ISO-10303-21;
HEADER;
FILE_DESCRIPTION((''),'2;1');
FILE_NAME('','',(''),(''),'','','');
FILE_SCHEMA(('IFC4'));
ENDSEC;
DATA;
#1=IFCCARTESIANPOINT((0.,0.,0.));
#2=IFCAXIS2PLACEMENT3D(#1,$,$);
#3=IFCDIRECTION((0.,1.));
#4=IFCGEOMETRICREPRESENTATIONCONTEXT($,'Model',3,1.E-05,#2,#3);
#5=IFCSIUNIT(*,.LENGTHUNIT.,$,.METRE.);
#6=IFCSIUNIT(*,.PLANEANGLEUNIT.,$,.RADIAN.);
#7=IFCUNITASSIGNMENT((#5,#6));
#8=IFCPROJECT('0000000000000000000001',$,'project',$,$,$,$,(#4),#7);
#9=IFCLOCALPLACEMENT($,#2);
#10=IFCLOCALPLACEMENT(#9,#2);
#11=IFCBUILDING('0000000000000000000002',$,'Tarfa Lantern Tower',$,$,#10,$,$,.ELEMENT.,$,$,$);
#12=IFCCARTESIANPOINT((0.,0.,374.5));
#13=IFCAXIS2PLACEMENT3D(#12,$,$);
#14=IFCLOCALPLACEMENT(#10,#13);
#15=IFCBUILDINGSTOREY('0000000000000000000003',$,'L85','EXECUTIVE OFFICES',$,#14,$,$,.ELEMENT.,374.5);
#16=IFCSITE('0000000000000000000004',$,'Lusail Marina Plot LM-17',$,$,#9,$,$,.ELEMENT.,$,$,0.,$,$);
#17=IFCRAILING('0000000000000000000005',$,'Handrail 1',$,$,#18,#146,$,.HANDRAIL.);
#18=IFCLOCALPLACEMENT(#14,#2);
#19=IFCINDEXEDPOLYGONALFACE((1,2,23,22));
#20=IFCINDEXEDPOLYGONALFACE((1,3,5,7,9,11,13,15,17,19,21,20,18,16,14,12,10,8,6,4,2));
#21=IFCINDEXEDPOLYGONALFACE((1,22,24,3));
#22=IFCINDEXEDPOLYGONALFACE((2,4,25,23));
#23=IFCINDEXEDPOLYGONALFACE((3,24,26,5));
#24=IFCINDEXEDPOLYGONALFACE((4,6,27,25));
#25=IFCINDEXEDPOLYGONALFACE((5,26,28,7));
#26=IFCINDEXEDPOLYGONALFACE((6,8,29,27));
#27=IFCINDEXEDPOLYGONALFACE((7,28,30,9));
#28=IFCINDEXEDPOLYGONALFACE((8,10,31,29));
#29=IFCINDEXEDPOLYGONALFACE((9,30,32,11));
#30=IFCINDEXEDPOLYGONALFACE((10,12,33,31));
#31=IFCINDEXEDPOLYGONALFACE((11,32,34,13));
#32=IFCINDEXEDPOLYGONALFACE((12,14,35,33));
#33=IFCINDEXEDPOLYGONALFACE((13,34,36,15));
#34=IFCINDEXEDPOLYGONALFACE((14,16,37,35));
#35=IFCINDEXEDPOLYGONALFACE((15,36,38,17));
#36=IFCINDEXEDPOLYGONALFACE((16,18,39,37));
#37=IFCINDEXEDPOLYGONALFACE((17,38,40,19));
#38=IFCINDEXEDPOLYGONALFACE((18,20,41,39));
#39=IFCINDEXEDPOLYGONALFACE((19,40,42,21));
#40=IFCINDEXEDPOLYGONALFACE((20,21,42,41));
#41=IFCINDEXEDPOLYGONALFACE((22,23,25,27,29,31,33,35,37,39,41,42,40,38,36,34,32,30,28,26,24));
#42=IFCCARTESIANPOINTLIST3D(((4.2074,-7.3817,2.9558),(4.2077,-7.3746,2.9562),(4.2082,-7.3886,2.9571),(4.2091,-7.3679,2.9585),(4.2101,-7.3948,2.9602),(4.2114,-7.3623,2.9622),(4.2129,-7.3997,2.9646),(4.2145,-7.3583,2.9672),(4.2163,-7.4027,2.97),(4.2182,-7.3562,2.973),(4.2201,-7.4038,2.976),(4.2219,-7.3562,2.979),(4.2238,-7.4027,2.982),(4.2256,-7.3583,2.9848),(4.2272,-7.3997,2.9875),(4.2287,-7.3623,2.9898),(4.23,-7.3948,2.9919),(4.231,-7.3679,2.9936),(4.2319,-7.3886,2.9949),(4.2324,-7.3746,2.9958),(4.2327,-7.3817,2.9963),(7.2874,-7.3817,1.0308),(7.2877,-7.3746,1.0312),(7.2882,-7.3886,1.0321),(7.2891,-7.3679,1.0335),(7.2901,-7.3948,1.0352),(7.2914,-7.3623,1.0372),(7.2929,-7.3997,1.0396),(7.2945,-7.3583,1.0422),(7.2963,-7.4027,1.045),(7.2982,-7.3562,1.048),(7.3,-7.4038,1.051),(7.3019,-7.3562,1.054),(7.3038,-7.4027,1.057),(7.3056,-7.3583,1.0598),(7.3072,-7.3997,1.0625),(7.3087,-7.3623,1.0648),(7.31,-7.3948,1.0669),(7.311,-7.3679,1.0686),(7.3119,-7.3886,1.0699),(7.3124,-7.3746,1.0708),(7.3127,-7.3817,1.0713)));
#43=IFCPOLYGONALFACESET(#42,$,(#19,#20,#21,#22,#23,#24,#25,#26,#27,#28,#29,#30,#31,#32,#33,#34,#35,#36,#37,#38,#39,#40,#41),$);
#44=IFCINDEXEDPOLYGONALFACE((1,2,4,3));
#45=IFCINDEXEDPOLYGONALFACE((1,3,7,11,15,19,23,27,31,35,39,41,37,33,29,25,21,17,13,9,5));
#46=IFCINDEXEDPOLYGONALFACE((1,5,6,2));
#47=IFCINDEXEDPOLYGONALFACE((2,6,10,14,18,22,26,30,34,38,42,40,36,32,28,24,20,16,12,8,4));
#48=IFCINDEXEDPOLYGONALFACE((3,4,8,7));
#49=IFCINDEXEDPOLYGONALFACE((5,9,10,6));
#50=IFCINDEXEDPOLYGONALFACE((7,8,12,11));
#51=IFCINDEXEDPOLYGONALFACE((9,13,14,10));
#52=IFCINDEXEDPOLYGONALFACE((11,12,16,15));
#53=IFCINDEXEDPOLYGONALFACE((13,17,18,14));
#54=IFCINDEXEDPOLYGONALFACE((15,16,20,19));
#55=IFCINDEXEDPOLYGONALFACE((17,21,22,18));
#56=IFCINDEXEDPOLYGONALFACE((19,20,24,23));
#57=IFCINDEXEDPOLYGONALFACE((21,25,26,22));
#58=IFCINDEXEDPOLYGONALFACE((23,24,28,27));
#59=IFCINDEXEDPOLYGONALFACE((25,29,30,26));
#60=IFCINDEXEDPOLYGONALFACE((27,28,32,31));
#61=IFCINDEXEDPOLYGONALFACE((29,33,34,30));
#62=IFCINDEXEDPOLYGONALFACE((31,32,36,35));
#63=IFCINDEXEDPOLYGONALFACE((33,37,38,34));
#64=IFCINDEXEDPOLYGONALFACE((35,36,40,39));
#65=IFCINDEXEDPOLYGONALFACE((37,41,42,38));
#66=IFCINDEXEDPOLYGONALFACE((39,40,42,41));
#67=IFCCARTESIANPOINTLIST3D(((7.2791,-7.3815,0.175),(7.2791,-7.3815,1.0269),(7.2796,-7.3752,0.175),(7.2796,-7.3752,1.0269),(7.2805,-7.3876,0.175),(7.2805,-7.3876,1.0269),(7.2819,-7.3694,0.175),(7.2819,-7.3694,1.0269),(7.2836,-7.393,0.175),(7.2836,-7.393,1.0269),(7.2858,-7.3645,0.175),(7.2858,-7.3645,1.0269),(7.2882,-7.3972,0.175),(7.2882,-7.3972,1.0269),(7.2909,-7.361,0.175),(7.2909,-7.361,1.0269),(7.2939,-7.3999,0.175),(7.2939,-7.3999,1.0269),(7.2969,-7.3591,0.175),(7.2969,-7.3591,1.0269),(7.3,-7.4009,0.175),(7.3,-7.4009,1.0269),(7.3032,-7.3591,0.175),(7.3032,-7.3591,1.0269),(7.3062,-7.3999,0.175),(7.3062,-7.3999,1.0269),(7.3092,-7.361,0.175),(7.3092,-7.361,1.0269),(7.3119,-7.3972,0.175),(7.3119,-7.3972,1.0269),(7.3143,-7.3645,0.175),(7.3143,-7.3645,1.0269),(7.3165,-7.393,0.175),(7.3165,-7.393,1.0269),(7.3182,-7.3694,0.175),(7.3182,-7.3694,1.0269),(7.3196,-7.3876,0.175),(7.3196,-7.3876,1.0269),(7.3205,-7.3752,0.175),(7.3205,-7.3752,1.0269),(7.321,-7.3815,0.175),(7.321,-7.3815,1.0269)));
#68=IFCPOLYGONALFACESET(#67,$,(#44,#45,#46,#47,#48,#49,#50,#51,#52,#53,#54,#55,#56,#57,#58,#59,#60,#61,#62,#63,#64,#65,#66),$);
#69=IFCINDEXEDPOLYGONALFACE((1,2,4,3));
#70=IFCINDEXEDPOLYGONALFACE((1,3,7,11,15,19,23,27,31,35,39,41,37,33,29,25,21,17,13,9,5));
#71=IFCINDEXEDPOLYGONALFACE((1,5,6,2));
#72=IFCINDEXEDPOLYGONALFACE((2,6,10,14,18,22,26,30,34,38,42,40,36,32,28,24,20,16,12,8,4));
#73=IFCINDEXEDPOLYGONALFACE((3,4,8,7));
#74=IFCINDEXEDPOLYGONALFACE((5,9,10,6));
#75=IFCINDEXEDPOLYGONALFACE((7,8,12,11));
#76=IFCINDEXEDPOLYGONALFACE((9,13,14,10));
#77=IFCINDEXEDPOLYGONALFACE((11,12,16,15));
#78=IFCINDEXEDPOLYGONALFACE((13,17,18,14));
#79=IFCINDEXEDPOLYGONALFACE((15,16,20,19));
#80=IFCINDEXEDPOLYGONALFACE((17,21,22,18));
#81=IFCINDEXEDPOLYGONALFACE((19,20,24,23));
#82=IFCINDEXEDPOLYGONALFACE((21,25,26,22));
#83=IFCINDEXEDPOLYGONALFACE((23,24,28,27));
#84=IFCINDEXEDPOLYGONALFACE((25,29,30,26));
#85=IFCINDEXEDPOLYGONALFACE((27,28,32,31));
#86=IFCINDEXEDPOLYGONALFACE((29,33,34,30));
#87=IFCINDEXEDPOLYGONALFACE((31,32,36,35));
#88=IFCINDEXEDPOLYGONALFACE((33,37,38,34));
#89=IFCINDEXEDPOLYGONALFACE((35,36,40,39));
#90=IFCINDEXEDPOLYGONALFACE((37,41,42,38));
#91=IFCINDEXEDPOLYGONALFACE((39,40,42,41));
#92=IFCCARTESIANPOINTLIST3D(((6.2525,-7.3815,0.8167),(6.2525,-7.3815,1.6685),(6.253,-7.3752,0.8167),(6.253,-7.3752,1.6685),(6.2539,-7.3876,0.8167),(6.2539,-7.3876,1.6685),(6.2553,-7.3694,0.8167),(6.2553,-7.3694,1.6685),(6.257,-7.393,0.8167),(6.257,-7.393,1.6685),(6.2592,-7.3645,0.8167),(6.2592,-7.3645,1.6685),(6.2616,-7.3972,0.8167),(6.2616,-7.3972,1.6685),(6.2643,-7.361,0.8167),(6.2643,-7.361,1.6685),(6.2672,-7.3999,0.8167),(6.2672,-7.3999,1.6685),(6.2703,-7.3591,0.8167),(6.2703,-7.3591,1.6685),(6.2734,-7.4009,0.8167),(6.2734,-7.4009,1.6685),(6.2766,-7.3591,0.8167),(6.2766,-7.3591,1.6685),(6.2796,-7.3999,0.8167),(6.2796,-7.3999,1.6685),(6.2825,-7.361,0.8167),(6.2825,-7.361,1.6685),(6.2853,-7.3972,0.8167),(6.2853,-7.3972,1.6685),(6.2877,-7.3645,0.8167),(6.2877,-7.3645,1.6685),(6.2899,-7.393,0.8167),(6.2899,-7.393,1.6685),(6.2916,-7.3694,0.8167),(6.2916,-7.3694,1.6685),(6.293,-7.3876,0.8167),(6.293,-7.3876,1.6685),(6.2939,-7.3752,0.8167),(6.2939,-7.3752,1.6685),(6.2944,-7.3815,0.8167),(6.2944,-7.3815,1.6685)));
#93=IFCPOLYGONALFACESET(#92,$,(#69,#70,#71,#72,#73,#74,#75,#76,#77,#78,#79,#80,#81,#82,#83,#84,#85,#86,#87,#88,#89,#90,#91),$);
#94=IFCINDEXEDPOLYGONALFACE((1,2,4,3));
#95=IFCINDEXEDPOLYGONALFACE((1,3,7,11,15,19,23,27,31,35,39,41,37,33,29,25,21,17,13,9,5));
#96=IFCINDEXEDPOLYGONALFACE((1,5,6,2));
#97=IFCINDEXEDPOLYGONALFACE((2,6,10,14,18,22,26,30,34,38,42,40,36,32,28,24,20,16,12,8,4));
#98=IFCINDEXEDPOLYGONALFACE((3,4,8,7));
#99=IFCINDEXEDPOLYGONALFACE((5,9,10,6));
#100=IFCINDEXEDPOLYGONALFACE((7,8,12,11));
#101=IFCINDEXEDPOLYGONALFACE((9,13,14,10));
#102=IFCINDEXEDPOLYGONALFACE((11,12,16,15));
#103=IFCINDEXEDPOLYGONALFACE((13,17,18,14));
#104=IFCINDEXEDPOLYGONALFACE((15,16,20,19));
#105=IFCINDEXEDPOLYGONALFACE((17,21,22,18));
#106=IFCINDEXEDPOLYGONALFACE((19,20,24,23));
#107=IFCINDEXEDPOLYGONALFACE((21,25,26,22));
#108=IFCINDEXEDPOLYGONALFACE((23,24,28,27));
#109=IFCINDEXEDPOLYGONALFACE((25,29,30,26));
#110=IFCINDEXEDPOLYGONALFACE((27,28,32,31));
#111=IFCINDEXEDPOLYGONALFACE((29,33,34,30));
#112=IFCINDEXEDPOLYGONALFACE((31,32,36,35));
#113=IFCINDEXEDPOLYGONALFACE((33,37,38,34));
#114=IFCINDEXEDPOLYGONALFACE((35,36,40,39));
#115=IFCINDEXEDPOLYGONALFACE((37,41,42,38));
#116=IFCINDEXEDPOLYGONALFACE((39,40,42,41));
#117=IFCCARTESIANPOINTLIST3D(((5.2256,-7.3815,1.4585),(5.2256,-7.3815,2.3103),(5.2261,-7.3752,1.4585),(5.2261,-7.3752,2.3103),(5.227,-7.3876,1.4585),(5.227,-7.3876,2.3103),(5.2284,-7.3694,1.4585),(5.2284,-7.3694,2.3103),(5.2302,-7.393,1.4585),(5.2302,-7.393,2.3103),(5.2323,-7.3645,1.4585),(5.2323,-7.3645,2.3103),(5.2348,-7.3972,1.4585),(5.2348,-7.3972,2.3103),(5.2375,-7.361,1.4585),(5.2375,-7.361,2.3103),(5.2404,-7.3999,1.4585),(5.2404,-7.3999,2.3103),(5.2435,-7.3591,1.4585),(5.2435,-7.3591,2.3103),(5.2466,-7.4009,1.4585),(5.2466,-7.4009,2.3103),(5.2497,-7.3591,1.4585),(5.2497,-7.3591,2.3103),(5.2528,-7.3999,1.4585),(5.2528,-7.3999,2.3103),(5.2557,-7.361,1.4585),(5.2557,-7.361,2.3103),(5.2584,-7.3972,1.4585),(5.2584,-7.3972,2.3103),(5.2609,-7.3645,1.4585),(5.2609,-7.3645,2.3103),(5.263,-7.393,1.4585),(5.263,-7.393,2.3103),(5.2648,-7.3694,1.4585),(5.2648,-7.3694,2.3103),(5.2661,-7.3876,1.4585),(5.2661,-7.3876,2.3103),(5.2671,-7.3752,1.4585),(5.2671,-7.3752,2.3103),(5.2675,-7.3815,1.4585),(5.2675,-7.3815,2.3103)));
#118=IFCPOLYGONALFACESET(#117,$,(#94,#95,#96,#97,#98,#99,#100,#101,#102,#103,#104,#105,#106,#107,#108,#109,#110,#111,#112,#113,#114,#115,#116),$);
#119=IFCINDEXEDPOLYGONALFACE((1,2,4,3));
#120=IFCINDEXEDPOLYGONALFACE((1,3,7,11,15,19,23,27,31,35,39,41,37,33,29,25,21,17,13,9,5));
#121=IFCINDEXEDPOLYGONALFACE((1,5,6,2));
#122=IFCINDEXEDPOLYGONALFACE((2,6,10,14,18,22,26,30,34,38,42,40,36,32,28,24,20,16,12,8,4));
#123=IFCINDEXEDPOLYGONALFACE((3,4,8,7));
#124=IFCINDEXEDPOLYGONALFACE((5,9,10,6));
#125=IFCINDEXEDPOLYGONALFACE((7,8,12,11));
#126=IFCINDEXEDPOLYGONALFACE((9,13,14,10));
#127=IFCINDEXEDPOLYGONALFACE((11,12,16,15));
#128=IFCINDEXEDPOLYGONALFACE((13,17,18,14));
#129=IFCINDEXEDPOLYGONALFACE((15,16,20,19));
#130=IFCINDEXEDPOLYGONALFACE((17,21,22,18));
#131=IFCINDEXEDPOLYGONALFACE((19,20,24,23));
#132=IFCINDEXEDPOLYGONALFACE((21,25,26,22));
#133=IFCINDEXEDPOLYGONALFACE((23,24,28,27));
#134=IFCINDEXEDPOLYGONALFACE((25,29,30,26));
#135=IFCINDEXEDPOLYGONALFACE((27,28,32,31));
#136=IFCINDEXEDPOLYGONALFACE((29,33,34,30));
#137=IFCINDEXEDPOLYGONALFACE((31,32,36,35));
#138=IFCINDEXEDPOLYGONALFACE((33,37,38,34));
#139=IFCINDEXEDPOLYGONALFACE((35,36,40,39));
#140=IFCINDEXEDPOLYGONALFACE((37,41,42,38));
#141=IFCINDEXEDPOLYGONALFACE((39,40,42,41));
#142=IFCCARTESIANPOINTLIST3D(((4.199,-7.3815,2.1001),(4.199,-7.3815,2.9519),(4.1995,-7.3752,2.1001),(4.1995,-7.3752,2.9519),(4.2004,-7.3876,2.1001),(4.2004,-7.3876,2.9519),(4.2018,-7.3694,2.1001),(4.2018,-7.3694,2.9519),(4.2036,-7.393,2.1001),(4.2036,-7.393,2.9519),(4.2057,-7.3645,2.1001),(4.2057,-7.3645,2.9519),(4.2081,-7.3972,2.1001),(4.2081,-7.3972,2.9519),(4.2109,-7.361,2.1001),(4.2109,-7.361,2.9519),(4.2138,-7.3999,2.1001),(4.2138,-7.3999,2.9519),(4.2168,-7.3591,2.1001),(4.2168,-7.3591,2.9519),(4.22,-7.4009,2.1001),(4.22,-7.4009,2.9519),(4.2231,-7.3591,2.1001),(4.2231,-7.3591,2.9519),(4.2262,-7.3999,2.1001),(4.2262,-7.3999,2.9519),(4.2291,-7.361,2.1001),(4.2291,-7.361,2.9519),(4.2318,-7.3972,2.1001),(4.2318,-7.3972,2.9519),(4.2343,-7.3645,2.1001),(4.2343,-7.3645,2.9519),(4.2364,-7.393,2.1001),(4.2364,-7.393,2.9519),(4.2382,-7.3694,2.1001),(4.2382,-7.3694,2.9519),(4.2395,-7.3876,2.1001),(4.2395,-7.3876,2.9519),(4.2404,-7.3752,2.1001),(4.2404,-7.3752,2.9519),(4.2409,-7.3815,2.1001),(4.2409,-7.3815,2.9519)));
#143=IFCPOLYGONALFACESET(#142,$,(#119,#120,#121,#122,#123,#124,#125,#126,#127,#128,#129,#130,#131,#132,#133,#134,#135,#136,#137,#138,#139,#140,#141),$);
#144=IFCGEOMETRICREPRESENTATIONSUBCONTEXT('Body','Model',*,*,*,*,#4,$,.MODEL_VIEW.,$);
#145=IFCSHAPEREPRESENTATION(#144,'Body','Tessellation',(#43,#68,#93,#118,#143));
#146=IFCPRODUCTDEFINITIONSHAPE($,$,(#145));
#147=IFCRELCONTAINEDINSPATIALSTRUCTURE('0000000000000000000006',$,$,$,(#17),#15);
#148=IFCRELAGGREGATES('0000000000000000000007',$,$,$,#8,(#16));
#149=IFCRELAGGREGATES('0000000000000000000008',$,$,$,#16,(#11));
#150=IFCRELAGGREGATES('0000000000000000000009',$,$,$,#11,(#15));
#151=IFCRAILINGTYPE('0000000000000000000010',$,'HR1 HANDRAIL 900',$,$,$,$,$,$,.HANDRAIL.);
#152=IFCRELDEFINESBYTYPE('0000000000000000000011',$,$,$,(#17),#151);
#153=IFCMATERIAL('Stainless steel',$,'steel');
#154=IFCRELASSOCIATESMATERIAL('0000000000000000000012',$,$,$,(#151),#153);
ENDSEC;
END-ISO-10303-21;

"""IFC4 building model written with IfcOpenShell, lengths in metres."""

from ifc_helpers import new_model, si_unit, direction, frame, origin, origin_2d, place, context, subcontext, project, spatial, circle, extrude, material, type_object, element, save


model = new_model("IFC4")

# Units and contexts
model_context = context("Model", 3, precision=1e-05, world=origin(), true_north=direction((0.0, 1.0)))
body_context = subcontext(model_context, "Body", "Model", "MODEL_VIEW")
ifc_project = project(units=[si_unit("LENGTHUNIT", "METRE"), si_unit("PLANEANGLEUNIT", "RADIAN")], contexts=[model_context])

# Site, building, storey
site_placement = place(None, origin())
site = spatial("IfcSite", under=ifc_project, at=site_placement, Name="Lusail Marina Plot LM-17", CompositionType="ELEMENT", RefElevation=0.0)
building_placement = place(site_placement, origin())
building = spatial("IfcBuilding", under=site, at=building_placement, Name="Tarfa Lantern Tower", CompositionType="ELEMENT")
storey_placement = place(building_placement, frame((0.0, 0.0, 374.5)))
storey = spatial("IfcBuildingStorey", under=building, at=storey_placement, Name="L85", Description="EXECUTIVE OFFICES", CompositionType="ELEMENT", Elevation=374.5)

# Railing
ifc_material_1 = material(Name="Stainless steel", Category="steel")
railing_type = type_object("IfcRailingType", Name="HR1 HANDRAIL 900", PredefinedType="HANDRAIL", material=ifc_material_1)
railing_placement = place(storey_placement, frame((7.3, -7.3799, 0.175)))
element("IfcRailing", 1, at=railing_placement, inside=storey, type_object=railing_type, Name="Handrail 1", PredefinedType="HANDRAIL", context=body_context, shape_type="SweptSolid", body=[
    extrude(circle(Radius=0.0239, at=origin_2d()), frame((0.0, 0.0, 0.876), z_axis=(-0.847998, 0.0, 0.529999), x_axis=(0.0, -1.0, 0.0)), (0.0, 0.0, 1.0), 3.6321),
    extrude(circle(Radius=0.021, at=origin_2d()), frame((0.0, 0.0, 0.0), z_axis=(0.0, 0.0, 1.0), x_axis=(0.0, -1.0, 0.0)), (0.0, 0.0, 1.0), 0.8518),
    extrude(circle(Radius=0.021, at=origin_2d()), frame((-1.0266, 0.0, 0.6416), z_axis=(0.0, 0.0, 1.0), x_axis=(0.0, -1.0, 0.0)), (0.0, 0.0, 1.0), 0.8518),
    extrude(circle(Radius=0.021, at=origin_2d()), frame((-2.0535, 0.0, 1.2834), z_axis=(0.0, 0.0, 1.0), x_axis=(0.0, -1.0, 0.0)), (0.0, 0.0, 1.0), 0.8518),
    extrude(circle(Radius=0.021, at=origin_2d()), frame((-3.0801, 0.0, 1.925), z_axis=(0.0, 0.0, 1.0), x_axis=(0.0, -1.0, 0.0)), (0.0, 0.0, 1.0), 0.8518),
])

save(model, "model.ifc")
